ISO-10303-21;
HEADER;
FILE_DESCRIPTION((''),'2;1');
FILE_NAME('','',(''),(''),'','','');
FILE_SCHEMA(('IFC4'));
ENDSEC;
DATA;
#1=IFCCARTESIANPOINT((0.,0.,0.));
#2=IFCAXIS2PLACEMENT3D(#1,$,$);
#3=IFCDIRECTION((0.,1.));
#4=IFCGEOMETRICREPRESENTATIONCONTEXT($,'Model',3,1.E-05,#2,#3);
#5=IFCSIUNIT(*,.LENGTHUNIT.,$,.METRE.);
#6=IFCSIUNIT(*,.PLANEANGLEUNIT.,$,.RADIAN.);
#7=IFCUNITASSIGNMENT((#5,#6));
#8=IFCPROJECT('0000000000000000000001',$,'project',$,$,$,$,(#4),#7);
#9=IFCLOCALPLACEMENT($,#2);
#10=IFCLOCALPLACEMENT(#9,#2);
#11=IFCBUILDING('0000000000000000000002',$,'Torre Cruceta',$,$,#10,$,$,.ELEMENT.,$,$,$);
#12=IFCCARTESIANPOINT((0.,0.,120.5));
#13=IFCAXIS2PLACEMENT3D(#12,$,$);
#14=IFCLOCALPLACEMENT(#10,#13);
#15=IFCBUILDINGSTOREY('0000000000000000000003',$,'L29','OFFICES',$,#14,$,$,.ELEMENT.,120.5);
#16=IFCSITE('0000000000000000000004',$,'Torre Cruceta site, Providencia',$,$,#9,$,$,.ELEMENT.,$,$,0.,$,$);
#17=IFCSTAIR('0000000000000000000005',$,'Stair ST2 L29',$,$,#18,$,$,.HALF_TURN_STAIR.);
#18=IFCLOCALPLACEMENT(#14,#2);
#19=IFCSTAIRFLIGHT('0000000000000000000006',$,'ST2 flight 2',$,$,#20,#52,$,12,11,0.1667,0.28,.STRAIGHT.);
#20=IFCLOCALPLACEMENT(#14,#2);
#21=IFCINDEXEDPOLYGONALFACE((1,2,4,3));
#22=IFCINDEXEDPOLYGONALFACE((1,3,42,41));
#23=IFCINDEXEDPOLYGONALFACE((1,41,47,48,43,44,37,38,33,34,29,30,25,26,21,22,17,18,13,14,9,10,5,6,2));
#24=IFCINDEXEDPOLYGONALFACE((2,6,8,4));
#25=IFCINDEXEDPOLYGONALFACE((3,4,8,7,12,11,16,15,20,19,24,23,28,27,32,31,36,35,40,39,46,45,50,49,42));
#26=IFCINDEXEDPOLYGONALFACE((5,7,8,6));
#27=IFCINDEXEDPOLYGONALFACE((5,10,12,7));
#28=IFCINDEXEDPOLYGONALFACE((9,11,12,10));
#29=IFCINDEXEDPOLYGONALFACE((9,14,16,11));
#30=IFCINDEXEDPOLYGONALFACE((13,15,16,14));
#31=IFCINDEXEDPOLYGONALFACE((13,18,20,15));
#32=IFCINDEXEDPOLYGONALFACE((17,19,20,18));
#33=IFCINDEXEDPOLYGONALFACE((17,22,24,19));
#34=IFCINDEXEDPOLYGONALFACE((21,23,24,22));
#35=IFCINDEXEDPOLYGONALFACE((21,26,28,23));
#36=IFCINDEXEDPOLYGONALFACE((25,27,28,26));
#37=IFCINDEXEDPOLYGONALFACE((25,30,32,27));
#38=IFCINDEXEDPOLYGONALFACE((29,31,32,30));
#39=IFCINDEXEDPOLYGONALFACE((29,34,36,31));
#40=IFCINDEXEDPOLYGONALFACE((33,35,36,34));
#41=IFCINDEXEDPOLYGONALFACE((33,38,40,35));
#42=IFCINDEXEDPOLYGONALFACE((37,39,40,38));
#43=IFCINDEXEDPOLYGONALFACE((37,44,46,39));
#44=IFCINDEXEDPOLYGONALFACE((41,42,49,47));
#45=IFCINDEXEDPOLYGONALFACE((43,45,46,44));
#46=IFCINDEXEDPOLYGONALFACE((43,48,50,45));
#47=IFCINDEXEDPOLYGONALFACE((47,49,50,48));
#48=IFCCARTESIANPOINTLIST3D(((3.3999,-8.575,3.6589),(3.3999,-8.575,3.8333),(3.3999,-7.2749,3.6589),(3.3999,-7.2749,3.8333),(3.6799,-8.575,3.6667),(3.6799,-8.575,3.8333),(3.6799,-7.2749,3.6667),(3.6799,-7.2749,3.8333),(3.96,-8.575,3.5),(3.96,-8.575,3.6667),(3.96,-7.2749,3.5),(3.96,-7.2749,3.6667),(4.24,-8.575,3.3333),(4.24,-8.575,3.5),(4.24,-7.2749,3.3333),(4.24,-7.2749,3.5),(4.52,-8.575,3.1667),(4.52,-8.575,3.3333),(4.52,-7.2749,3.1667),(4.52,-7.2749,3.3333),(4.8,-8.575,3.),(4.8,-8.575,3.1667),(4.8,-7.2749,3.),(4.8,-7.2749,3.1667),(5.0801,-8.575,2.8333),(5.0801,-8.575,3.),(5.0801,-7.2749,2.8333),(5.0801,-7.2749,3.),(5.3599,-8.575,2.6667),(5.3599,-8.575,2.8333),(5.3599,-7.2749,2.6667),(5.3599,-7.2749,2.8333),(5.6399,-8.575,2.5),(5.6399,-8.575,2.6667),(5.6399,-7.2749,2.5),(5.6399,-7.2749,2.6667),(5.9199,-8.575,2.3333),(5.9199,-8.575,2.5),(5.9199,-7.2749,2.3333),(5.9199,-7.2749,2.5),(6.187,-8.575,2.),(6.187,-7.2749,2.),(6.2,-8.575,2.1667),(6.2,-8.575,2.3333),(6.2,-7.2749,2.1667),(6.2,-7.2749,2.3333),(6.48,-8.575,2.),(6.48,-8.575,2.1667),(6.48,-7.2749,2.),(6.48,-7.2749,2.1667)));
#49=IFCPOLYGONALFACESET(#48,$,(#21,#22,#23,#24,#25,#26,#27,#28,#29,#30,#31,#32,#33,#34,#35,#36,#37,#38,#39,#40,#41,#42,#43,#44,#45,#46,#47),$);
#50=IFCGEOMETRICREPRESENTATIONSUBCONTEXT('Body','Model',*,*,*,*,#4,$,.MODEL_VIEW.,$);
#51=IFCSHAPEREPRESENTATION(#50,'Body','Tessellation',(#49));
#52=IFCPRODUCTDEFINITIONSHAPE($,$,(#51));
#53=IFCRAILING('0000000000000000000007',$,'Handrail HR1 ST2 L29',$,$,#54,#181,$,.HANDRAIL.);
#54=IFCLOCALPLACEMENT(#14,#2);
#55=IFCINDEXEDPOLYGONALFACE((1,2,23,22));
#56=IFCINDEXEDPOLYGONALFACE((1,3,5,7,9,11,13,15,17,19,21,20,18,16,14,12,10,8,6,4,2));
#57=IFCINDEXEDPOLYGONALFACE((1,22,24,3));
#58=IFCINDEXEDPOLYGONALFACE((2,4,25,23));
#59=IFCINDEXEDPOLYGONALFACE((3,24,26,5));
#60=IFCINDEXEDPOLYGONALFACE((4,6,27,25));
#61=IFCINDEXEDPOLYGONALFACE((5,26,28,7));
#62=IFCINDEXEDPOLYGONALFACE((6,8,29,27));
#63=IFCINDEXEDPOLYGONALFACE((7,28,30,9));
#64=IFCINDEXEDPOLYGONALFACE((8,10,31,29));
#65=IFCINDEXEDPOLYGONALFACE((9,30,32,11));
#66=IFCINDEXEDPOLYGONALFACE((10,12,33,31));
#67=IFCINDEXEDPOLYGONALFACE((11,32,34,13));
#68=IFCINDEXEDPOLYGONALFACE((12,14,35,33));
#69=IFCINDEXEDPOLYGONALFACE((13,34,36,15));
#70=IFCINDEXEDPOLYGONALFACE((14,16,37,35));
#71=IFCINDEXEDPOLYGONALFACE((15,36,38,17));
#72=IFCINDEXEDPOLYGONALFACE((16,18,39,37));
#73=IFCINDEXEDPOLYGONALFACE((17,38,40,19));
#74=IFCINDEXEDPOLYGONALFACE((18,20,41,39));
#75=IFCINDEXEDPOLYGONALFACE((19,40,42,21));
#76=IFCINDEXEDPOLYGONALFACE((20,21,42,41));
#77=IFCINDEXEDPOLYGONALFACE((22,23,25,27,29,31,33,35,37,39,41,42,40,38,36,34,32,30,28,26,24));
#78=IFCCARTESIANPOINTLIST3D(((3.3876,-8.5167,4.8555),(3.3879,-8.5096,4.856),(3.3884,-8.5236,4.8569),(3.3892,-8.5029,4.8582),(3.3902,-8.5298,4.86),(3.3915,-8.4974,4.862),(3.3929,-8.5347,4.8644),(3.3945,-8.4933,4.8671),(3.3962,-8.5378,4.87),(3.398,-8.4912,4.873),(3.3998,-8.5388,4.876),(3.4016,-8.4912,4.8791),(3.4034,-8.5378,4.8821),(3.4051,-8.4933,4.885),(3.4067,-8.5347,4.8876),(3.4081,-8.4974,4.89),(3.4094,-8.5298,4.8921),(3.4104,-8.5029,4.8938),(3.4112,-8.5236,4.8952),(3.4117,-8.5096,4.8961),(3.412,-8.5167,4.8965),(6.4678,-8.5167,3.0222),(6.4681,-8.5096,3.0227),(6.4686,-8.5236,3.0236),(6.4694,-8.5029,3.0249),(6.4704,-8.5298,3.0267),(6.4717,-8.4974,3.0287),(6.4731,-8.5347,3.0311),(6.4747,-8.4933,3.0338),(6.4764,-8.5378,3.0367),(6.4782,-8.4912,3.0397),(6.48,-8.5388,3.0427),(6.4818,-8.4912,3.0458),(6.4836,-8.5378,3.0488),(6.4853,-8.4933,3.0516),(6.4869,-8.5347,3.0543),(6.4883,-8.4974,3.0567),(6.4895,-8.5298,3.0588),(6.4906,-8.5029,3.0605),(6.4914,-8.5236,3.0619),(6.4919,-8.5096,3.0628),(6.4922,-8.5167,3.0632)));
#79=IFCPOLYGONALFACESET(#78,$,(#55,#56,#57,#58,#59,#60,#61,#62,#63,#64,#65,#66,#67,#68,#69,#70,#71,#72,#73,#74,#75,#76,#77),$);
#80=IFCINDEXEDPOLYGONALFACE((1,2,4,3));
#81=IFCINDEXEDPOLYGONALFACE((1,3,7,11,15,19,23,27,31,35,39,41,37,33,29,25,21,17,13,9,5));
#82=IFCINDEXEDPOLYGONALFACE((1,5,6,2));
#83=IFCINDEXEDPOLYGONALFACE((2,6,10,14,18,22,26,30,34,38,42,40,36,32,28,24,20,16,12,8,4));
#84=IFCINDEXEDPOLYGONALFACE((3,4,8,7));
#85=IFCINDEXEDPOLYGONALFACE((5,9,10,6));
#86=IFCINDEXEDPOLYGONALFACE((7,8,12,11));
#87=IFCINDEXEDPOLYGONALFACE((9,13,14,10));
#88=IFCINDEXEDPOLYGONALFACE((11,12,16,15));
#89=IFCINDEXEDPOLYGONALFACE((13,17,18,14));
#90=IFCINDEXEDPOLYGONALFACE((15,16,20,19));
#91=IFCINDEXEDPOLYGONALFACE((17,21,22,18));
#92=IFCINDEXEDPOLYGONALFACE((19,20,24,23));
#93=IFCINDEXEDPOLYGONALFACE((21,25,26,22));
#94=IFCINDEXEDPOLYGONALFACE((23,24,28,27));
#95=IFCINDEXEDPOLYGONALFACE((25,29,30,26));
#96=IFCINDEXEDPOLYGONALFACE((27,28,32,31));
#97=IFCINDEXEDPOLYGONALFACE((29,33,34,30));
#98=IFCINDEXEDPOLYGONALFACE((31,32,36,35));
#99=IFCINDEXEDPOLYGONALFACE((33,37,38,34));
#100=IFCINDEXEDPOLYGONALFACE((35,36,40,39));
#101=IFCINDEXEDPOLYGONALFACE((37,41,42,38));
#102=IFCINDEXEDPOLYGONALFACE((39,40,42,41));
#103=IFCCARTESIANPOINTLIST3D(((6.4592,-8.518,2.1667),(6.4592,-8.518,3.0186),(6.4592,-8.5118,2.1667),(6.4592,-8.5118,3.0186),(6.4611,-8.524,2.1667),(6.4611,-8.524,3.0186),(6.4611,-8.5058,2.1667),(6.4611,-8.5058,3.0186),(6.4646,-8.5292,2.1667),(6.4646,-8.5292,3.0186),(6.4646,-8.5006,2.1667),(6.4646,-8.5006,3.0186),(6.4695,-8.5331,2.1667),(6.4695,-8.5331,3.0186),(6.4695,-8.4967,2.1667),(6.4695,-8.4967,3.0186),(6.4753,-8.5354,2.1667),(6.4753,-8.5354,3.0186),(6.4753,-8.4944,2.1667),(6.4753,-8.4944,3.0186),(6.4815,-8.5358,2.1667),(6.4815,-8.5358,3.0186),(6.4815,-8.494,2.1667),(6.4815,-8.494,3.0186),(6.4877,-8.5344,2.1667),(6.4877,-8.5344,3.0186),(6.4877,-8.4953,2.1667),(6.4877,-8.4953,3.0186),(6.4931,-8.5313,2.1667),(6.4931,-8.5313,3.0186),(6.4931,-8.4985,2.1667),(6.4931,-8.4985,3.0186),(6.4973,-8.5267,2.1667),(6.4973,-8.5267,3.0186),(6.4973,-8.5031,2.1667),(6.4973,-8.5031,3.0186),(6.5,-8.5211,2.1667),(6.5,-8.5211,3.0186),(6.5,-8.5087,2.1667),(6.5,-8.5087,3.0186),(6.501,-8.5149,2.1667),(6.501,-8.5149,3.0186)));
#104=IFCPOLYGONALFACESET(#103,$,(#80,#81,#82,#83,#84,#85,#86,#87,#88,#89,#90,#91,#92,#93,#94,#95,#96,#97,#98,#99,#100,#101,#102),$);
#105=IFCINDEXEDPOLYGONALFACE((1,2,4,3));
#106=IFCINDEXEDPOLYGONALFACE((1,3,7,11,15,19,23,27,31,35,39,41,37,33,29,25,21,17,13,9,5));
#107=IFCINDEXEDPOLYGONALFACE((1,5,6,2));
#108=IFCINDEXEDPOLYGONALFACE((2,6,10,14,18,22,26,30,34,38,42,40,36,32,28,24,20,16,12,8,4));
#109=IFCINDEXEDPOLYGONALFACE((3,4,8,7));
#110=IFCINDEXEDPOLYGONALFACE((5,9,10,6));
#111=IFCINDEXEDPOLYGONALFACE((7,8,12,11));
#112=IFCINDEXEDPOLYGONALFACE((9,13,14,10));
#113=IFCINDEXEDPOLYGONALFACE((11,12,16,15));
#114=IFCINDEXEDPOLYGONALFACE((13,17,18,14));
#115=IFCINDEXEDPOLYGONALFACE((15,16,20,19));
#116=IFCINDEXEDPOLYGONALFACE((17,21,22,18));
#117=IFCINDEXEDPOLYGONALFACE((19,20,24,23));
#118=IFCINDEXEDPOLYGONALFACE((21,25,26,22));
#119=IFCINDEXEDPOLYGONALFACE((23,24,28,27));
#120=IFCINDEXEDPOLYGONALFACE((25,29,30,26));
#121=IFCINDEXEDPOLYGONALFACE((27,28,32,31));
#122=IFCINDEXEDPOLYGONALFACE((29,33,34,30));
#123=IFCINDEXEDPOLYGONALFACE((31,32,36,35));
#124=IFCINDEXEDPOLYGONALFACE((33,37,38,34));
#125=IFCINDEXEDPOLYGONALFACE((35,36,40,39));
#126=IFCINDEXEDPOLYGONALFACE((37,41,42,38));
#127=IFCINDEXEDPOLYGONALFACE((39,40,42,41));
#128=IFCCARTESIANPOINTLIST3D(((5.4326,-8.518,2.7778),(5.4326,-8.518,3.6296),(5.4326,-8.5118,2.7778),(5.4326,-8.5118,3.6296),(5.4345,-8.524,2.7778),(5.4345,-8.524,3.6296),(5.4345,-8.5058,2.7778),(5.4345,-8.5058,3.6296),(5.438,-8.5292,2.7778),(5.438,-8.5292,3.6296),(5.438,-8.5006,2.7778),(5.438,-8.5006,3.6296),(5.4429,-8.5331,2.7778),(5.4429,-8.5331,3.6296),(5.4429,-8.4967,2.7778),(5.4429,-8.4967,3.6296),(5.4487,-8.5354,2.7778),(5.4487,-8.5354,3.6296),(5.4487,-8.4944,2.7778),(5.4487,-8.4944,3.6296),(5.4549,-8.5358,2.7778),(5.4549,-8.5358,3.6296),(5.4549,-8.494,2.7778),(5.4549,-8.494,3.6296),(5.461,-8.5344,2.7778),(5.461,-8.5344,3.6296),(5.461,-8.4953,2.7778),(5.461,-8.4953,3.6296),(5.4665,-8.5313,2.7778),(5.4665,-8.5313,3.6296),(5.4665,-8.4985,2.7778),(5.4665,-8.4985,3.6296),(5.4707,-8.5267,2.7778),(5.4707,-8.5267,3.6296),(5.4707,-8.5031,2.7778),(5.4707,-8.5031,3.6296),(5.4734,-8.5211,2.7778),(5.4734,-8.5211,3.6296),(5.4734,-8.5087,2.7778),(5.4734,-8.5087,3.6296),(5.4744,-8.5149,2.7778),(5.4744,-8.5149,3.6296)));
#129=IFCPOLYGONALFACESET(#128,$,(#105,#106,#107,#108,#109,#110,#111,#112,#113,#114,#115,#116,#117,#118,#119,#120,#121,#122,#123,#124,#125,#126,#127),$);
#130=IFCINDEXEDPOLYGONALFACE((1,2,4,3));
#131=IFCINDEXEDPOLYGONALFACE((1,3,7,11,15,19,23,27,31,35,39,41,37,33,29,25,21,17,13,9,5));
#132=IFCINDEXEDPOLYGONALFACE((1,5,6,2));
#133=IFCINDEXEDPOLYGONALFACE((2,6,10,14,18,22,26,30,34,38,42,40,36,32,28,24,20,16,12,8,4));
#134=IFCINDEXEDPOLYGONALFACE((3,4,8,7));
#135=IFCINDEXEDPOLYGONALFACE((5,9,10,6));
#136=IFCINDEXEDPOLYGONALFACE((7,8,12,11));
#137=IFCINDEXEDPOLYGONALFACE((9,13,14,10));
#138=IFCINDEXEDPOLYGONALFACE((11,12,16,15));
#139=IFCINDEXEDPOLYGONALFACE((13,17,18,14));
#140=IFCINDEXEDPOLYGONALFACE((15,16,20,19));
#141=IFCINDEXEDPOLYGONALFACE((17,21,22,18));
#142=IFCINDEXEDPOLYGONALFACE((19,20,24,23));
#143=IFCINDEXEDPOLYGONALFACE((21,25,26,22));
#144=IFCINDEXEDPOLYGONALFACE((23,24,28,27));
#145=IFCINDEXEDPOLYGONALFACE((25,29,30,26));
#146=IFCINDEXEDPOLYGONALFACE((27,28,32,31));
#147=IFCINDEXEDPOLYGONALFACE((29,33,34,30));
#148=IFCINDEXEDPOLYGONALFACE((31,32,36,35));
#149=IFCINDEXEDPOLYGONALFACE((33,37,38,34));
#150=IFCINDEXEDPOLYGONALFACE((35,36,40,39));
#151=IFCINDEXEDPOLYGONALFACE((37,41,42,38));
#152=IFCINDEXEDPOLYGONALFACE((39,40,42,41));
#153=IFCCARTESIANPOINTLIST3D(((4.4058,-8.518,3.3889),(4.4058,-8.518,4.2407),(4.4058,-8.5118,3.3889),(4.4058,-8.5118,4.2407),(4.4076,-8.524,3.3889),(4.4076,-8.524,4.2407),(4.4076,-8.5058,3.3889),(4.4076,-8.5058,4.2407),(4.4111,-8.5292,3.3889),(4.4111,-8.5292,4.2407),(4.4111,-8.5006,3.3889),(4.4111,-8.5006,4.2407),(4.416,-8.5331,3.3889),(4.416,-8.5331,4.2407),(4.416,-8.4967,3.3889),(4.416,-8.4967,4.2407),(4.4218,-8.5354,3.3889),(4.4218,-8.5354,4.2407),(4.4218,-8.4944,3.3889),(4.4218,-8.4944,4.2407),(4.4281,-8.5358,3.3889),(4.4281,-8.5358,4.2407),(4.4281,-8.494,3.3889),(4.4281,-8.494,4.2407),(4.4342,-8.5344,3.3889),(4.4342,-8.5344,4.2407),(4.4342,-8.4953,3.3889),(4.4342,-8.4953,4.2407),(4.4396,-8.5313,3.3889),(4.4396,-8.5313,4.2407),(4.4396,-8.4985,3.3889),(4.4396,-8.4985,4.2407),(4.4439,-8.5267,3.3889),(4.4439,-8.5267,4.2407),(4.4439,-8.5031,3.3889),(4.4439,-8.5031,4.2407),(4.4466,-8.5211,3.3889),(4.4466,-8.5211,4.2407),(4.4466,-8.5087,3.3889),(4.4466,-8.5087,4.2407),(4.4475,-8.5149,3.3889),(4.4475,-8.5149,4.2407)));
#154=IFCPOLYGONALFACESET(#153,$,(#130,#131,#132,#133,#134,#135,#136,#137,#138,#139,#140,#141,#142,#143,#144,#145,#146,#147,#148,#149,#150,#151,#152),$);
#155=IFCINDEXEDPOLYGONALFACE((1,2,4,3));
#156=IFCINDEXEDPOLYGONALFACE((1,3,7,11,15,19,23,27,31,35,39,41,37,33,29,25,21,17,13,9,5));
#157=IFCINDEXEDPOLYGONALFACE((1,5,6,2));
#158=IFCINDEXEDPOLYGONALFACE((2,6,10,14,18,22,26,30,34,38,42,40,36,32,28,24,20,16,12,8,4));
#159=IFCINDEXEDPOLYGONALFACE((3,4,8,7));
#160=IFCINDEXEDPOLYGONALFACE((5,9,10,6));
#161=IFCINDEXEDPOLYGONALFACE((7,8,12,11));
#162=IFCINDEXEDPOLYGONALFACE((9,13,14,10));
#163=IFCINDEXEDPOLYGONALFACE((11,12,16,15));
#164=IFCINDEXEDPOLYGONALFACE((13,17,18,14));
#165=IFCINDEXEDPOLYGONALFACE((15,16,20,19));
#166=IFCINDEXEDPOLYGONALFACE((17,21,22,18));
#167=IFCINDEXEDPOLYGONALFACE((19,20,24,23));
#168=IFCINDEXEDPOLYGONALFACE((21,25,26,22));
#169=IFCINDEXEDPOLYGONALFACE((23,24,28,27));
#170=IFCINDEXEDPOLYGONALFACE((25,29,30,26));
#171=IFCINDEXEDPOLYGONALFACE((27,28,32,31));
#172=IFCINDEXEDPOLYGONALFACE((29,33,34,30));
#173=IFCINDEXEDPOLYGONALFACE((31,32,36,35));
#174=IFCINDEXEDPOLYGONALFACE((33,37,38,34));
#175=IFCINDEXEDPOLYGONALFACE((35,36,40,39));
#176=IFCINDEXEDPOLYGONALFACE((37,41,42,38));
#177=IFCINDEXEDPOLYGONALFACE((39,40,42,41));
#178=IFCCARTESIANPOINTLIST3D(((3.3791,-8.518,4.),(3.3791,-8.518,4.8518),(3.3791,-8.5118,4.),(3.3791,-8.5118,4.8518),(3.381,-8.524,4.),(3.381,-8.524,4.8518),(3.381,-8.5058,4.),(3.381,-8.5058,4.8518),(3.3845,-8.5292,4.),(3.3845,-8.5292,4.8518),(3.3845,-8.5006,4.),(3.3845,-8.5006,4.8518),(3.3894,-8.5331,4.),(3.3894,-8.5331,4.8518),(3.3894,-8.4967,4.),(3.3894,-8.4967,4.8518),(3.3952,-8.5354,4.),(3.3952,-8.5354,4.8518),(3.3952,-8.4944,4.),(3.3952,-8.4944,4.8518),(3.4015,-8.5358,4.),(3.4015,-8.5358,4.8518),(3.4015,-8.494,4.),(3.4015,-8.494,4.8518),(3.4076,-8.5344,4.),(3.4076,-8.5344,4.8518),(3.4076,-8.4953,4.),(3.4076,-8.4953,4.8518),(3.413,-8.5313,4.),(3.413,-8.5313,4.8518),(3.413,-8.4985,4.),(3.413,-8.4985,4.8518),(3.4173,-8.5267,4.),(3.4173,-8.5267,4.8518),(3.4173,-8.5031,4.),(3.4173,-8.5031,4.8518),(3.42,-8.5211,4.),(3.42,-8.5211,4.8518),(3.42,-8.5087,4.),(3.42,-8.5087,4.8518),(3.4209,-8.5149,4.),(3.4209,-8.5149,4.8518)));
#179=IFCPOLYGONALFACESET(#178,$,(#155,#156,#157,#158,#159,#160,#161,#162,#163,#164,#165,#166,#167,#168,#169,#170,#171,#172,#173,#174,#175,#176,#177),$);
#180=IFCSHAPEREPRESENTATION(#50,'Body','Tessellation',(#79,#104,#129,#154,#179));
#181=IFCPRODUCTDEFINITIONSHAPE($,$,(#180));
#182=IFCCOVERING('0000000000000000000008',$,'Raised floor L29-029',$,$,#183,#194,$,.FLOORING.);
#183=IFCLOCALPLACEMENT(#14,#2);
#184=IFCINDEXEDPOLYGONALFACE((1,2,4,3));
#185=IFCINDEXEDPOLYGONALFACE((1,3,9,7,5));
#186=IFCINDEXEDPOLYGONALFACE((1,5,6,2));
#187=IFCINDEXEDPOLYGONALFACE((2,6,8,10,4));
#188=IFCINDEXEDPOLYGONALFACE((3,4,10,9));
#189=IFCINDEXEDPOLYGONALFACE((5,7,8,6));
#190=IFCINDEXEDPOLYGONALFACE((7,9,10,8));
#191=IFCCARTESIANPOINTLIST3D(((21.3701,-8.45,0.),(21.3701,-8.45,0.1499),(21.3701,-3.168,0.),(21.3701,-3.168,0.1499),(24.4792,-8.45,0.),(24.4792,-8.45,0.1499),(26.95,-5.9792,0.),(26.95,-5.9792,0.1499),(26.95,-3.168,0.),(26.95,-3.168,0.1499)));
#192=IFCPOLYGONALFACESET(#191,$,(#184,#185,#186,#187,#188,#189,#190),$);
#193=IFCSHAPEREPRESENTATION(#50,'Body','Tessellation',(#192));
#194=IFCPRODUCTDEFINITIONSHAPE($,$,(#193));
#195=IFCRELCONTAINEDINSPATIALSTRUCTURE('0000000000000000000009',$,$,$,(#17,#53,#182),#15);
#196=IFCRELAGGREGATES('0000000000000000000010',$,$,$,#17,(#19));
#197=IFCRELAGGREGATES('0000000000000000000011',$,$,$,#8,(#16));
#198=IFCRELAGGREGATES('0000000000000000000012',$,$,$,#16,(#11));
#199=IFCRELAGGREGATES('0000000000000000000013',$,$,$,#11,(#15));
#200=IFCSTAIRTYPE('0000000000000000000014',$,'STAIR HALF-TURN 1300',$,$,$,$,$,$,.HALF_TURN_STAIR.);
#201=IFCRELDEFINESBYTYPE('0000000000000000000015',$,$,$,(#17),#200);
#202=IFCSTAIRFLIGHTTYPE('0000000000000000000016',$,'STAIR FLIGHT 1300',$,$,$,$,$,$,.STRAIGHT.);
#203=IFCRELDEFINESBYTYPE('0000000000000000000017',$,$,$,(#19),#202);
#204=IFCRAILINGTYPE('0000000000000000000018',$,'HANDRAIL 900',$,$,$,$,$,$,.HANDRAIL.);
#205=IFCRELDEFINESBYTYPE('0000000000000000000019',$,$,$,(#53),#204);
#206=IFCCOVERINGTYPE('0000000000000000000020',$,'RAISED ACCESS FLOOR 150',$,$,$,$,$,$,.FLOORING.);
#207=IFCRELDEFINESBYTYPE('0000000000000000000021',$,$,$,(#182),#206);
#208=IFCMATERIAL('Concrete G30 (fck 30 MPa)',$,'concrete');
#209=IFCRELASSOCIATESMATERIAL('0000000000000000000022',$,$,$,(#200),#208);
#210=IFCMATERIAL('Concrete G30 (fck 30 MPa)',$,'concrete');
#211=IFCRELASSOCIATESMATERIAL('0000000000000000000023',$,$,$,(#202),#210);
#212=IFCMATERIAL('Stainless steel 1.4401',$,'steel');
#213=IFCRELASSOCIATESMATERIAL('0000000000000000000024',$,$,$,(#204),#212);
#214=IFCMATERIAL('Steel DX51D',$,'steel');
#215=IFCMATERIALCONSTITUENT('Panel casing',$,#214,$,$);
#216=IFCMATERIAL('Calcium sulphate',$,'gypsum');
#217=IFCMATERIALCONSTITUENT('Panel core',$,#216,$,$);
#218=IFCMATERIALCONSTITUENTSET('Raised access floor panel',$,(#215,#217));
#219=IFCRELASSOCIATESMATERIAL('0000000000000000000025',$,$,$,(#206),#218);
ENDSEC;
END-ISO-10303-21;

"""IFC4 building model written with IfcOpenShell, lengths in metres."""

from ifc_helpers import new_model, si_unit, direction, frame, origin, origin_2d, place, context, subcontext, project, spatial, polyline, circle, outline, extrude, material, constituent, constituent_set, type_object, element, aggregate, save


model = new_model("IFC4")

# Units and contexts
model_context = context("Model", 3, precision=1e-05, world=origin(), true_north=direction((0.0, 1.0)))
body_context = subcontext(model_context, "Body", "Model", "MODEL_VIEW")
ifc_project = project(units=[si_unit("LENGTHUNIT", "METRE"), si_unit("PLANEANGLEUNIT", "RADIAN")], contexts=[model_context])

# Site, building, storey
site_placement = place(None, origin())
site = spatial("IfcSite", under=ifc_project, at=site_placement, Name="Torre Cruceta site, Providencia", CompositionType="ELEMENT", RefElevation=0.0)
building_placement = place(site_placement, origin())
building = spatial("IfcBuilding", under=site, at=building_placement, Name="Torre Cruceta", CompositionType="ELEMENT")
storey_placement = place(building_placement, frame((0.0, 0.0, 120.5)))
storey = spatial("IfcBuildingStorey", under=building, at=storey_placement, Name="L29", Description="OFFICES", CompositionType="ELEMENT", Elevation=120.5)

# Stair, stair flight
ifc_material_1 = material(Name="Concrete G30 (fck 30 MPa)", Category="concrete")
stair_type = type_object("IfcStairType", Name="STAIR HALF-TURN 1300", PredefinedType="HALF_TURN_STAIR", material=ifc_material_1)
stair_placement = place(storey_placement, origin())
stair = element("IfcStair", 1, at=stair_placement, inside=storey, type_object=stair_type, Name="Stair ST2 L29", PredefinedType="HALF_TURN_STAIR")
ifc_material_2 = material(Name="Concrete G30 (fck 30 MPa)", Category="concrete")
stair_flight_type = type_object("IfcStairFlightType", Name="STAIR FLIGHT 1300", PredefinedType="STRAIGHT", material=ifc_material_2)
stair_flight_1_placement = place(storey_placement, frame((6.48, -7.925, 2.0), z_axis=(0.0, 0.0, 1.0), x_axis=(-1.0, 0.0, 0.0)))
stair_flight_1 = element("IfcStairFlight", 2, at=stair_flight_1_placement, type_object=stair_flight_type, Name="ST2 flight 2", NumberOfRisers=12, NumberOfTreads=11, PredefinedType="STRAIGHT", RiserHeight=0.1667, TreadLength=0.28, context=body_context, shape_type="SweptSolid", body=[
    extrude(outline(polyline([(0.0, 0.0), (0.0, 0.1667), (0.28, 0.1667), (0.28, 0.3333), (0.5601, 0.3333), (0.5601, 0.5), (0.8401, 0.5), (0.8401, 0.6667), (1.1201, 0.6667), (1.1201, 0.8333), (1.3999, 0.8333), (1.3999, 1.0), (1.6799, 1.0), (1.6799, 1.1667), (1.96, 1.1667), (1.96, 1.3333), (2.24, 1.3333), (2.24, 1.5), (2.52, 1.5), (2.52, 1.6667), (2.8, 1.6667), (2.8, 1.8333), (3.0801, 1.8333), (3.0801, 2.0), (3.0801, 1.6589), (0.293, 0.0), (0.0, 0.0)])), frame((0.0, 0.6499, 0.0), z_axis=(0.0, -1.0, 0.0), x_axis=(1.0, 0.0, 0.0)), (0.0, 0.0, 1.0), 1.3),
])
aggregate(stair, [stair_flight_1])

# Railing
ifc_material_3 = material(Name="Stainless steel 1.4401", Category="steel")
railing_type = type_object("IfcRailingType", Name="HANDRAIL 900", PredefinedType="HANDRAIL", material=ifc_material_3)
railing_1_placement = place(storey_placement, frame((6.48, -8.5149, 2.1667)))
element("IfcRailing", 3, at=railing_1_placement, inside=storey, type_object=railing_type, Name="Handrail HR1 ST2 L29", PredefinedType="HANDRAIL", context=body_context, shape_type="SweptSolid", body=[
    extrude(circle(Radius=0.0239, at=origin_2d()), frame((0.0, 0.0, 0.876), z_axis=(-0.859309, 0.0, 0.511458), x_axis=(0.0, -1.0, 0.0)), (0.0, 0.0, 1.0), 3.5845),
    extrude(circle(Radius=0.021, at=origin_2d()), origin(), (0.0, 0.0, 1.0), 0.8518),
    extrude(circle(Radius=0.021, at=origin_2d()), frame((-1.0266, 0.0, 0.6111)), (0.0, 0.0, 1.0), 0.8518),
    extrude(circle(Radius=0.021, at=origin_2d()), frame((-2.0535, 0.0, 1.2222)), (0.0, 0.0, 1.0), 0.8518),
    extrude(circle(Radius=0.021, at=origin_2d()), frame((-3.0801, 0.0, 1.8333)), (0.0, 0.0, 1.0), 0.8518),
])

# Covering
ifc_material_4 = material(Name="Steel DX51D", Category="steel")
ifc_constituent_1 = constituent(ifc_material_4, Name="Panel casing")
ifc_material_5 = material(Name="Calcium sulphate", Category="gypsum")
ifc_constituent_2 = constituent(ifc_material_5, Name="Panel core")
ifc_constituent_set_1 = constituent_set(constituents=[ifc_constituent_1, ifc_constituent_2], Name="Raised access floor panel")
covering_type_1 = type_object("IfcCoveringType", Name="RAISED ACCESS FLOOR 150", PredefinedType="FLOORING", material=ifc_constituent_set_1)
covering_1_placement = place(storey_placement, origin())
element("IfcCovering", 4, at=covering_1_placement, inside=storey, type_object=covering_type_1, Name="Raised floor L29-029", PredefinedType="FLOORING", context=body_context, shape_type="SweptSolid", body=[
    extrude(outline(polyline([(24.4792, -8.45), (21.3701, -8.45), (21.3701, -3.168), (26.95, -3.168), (26.95, -5.9792), (24.4792, -8.45)])), origin(), (0.0, 0.0, 1.0), 0.1499),
])

save(model, "model.ifc")
